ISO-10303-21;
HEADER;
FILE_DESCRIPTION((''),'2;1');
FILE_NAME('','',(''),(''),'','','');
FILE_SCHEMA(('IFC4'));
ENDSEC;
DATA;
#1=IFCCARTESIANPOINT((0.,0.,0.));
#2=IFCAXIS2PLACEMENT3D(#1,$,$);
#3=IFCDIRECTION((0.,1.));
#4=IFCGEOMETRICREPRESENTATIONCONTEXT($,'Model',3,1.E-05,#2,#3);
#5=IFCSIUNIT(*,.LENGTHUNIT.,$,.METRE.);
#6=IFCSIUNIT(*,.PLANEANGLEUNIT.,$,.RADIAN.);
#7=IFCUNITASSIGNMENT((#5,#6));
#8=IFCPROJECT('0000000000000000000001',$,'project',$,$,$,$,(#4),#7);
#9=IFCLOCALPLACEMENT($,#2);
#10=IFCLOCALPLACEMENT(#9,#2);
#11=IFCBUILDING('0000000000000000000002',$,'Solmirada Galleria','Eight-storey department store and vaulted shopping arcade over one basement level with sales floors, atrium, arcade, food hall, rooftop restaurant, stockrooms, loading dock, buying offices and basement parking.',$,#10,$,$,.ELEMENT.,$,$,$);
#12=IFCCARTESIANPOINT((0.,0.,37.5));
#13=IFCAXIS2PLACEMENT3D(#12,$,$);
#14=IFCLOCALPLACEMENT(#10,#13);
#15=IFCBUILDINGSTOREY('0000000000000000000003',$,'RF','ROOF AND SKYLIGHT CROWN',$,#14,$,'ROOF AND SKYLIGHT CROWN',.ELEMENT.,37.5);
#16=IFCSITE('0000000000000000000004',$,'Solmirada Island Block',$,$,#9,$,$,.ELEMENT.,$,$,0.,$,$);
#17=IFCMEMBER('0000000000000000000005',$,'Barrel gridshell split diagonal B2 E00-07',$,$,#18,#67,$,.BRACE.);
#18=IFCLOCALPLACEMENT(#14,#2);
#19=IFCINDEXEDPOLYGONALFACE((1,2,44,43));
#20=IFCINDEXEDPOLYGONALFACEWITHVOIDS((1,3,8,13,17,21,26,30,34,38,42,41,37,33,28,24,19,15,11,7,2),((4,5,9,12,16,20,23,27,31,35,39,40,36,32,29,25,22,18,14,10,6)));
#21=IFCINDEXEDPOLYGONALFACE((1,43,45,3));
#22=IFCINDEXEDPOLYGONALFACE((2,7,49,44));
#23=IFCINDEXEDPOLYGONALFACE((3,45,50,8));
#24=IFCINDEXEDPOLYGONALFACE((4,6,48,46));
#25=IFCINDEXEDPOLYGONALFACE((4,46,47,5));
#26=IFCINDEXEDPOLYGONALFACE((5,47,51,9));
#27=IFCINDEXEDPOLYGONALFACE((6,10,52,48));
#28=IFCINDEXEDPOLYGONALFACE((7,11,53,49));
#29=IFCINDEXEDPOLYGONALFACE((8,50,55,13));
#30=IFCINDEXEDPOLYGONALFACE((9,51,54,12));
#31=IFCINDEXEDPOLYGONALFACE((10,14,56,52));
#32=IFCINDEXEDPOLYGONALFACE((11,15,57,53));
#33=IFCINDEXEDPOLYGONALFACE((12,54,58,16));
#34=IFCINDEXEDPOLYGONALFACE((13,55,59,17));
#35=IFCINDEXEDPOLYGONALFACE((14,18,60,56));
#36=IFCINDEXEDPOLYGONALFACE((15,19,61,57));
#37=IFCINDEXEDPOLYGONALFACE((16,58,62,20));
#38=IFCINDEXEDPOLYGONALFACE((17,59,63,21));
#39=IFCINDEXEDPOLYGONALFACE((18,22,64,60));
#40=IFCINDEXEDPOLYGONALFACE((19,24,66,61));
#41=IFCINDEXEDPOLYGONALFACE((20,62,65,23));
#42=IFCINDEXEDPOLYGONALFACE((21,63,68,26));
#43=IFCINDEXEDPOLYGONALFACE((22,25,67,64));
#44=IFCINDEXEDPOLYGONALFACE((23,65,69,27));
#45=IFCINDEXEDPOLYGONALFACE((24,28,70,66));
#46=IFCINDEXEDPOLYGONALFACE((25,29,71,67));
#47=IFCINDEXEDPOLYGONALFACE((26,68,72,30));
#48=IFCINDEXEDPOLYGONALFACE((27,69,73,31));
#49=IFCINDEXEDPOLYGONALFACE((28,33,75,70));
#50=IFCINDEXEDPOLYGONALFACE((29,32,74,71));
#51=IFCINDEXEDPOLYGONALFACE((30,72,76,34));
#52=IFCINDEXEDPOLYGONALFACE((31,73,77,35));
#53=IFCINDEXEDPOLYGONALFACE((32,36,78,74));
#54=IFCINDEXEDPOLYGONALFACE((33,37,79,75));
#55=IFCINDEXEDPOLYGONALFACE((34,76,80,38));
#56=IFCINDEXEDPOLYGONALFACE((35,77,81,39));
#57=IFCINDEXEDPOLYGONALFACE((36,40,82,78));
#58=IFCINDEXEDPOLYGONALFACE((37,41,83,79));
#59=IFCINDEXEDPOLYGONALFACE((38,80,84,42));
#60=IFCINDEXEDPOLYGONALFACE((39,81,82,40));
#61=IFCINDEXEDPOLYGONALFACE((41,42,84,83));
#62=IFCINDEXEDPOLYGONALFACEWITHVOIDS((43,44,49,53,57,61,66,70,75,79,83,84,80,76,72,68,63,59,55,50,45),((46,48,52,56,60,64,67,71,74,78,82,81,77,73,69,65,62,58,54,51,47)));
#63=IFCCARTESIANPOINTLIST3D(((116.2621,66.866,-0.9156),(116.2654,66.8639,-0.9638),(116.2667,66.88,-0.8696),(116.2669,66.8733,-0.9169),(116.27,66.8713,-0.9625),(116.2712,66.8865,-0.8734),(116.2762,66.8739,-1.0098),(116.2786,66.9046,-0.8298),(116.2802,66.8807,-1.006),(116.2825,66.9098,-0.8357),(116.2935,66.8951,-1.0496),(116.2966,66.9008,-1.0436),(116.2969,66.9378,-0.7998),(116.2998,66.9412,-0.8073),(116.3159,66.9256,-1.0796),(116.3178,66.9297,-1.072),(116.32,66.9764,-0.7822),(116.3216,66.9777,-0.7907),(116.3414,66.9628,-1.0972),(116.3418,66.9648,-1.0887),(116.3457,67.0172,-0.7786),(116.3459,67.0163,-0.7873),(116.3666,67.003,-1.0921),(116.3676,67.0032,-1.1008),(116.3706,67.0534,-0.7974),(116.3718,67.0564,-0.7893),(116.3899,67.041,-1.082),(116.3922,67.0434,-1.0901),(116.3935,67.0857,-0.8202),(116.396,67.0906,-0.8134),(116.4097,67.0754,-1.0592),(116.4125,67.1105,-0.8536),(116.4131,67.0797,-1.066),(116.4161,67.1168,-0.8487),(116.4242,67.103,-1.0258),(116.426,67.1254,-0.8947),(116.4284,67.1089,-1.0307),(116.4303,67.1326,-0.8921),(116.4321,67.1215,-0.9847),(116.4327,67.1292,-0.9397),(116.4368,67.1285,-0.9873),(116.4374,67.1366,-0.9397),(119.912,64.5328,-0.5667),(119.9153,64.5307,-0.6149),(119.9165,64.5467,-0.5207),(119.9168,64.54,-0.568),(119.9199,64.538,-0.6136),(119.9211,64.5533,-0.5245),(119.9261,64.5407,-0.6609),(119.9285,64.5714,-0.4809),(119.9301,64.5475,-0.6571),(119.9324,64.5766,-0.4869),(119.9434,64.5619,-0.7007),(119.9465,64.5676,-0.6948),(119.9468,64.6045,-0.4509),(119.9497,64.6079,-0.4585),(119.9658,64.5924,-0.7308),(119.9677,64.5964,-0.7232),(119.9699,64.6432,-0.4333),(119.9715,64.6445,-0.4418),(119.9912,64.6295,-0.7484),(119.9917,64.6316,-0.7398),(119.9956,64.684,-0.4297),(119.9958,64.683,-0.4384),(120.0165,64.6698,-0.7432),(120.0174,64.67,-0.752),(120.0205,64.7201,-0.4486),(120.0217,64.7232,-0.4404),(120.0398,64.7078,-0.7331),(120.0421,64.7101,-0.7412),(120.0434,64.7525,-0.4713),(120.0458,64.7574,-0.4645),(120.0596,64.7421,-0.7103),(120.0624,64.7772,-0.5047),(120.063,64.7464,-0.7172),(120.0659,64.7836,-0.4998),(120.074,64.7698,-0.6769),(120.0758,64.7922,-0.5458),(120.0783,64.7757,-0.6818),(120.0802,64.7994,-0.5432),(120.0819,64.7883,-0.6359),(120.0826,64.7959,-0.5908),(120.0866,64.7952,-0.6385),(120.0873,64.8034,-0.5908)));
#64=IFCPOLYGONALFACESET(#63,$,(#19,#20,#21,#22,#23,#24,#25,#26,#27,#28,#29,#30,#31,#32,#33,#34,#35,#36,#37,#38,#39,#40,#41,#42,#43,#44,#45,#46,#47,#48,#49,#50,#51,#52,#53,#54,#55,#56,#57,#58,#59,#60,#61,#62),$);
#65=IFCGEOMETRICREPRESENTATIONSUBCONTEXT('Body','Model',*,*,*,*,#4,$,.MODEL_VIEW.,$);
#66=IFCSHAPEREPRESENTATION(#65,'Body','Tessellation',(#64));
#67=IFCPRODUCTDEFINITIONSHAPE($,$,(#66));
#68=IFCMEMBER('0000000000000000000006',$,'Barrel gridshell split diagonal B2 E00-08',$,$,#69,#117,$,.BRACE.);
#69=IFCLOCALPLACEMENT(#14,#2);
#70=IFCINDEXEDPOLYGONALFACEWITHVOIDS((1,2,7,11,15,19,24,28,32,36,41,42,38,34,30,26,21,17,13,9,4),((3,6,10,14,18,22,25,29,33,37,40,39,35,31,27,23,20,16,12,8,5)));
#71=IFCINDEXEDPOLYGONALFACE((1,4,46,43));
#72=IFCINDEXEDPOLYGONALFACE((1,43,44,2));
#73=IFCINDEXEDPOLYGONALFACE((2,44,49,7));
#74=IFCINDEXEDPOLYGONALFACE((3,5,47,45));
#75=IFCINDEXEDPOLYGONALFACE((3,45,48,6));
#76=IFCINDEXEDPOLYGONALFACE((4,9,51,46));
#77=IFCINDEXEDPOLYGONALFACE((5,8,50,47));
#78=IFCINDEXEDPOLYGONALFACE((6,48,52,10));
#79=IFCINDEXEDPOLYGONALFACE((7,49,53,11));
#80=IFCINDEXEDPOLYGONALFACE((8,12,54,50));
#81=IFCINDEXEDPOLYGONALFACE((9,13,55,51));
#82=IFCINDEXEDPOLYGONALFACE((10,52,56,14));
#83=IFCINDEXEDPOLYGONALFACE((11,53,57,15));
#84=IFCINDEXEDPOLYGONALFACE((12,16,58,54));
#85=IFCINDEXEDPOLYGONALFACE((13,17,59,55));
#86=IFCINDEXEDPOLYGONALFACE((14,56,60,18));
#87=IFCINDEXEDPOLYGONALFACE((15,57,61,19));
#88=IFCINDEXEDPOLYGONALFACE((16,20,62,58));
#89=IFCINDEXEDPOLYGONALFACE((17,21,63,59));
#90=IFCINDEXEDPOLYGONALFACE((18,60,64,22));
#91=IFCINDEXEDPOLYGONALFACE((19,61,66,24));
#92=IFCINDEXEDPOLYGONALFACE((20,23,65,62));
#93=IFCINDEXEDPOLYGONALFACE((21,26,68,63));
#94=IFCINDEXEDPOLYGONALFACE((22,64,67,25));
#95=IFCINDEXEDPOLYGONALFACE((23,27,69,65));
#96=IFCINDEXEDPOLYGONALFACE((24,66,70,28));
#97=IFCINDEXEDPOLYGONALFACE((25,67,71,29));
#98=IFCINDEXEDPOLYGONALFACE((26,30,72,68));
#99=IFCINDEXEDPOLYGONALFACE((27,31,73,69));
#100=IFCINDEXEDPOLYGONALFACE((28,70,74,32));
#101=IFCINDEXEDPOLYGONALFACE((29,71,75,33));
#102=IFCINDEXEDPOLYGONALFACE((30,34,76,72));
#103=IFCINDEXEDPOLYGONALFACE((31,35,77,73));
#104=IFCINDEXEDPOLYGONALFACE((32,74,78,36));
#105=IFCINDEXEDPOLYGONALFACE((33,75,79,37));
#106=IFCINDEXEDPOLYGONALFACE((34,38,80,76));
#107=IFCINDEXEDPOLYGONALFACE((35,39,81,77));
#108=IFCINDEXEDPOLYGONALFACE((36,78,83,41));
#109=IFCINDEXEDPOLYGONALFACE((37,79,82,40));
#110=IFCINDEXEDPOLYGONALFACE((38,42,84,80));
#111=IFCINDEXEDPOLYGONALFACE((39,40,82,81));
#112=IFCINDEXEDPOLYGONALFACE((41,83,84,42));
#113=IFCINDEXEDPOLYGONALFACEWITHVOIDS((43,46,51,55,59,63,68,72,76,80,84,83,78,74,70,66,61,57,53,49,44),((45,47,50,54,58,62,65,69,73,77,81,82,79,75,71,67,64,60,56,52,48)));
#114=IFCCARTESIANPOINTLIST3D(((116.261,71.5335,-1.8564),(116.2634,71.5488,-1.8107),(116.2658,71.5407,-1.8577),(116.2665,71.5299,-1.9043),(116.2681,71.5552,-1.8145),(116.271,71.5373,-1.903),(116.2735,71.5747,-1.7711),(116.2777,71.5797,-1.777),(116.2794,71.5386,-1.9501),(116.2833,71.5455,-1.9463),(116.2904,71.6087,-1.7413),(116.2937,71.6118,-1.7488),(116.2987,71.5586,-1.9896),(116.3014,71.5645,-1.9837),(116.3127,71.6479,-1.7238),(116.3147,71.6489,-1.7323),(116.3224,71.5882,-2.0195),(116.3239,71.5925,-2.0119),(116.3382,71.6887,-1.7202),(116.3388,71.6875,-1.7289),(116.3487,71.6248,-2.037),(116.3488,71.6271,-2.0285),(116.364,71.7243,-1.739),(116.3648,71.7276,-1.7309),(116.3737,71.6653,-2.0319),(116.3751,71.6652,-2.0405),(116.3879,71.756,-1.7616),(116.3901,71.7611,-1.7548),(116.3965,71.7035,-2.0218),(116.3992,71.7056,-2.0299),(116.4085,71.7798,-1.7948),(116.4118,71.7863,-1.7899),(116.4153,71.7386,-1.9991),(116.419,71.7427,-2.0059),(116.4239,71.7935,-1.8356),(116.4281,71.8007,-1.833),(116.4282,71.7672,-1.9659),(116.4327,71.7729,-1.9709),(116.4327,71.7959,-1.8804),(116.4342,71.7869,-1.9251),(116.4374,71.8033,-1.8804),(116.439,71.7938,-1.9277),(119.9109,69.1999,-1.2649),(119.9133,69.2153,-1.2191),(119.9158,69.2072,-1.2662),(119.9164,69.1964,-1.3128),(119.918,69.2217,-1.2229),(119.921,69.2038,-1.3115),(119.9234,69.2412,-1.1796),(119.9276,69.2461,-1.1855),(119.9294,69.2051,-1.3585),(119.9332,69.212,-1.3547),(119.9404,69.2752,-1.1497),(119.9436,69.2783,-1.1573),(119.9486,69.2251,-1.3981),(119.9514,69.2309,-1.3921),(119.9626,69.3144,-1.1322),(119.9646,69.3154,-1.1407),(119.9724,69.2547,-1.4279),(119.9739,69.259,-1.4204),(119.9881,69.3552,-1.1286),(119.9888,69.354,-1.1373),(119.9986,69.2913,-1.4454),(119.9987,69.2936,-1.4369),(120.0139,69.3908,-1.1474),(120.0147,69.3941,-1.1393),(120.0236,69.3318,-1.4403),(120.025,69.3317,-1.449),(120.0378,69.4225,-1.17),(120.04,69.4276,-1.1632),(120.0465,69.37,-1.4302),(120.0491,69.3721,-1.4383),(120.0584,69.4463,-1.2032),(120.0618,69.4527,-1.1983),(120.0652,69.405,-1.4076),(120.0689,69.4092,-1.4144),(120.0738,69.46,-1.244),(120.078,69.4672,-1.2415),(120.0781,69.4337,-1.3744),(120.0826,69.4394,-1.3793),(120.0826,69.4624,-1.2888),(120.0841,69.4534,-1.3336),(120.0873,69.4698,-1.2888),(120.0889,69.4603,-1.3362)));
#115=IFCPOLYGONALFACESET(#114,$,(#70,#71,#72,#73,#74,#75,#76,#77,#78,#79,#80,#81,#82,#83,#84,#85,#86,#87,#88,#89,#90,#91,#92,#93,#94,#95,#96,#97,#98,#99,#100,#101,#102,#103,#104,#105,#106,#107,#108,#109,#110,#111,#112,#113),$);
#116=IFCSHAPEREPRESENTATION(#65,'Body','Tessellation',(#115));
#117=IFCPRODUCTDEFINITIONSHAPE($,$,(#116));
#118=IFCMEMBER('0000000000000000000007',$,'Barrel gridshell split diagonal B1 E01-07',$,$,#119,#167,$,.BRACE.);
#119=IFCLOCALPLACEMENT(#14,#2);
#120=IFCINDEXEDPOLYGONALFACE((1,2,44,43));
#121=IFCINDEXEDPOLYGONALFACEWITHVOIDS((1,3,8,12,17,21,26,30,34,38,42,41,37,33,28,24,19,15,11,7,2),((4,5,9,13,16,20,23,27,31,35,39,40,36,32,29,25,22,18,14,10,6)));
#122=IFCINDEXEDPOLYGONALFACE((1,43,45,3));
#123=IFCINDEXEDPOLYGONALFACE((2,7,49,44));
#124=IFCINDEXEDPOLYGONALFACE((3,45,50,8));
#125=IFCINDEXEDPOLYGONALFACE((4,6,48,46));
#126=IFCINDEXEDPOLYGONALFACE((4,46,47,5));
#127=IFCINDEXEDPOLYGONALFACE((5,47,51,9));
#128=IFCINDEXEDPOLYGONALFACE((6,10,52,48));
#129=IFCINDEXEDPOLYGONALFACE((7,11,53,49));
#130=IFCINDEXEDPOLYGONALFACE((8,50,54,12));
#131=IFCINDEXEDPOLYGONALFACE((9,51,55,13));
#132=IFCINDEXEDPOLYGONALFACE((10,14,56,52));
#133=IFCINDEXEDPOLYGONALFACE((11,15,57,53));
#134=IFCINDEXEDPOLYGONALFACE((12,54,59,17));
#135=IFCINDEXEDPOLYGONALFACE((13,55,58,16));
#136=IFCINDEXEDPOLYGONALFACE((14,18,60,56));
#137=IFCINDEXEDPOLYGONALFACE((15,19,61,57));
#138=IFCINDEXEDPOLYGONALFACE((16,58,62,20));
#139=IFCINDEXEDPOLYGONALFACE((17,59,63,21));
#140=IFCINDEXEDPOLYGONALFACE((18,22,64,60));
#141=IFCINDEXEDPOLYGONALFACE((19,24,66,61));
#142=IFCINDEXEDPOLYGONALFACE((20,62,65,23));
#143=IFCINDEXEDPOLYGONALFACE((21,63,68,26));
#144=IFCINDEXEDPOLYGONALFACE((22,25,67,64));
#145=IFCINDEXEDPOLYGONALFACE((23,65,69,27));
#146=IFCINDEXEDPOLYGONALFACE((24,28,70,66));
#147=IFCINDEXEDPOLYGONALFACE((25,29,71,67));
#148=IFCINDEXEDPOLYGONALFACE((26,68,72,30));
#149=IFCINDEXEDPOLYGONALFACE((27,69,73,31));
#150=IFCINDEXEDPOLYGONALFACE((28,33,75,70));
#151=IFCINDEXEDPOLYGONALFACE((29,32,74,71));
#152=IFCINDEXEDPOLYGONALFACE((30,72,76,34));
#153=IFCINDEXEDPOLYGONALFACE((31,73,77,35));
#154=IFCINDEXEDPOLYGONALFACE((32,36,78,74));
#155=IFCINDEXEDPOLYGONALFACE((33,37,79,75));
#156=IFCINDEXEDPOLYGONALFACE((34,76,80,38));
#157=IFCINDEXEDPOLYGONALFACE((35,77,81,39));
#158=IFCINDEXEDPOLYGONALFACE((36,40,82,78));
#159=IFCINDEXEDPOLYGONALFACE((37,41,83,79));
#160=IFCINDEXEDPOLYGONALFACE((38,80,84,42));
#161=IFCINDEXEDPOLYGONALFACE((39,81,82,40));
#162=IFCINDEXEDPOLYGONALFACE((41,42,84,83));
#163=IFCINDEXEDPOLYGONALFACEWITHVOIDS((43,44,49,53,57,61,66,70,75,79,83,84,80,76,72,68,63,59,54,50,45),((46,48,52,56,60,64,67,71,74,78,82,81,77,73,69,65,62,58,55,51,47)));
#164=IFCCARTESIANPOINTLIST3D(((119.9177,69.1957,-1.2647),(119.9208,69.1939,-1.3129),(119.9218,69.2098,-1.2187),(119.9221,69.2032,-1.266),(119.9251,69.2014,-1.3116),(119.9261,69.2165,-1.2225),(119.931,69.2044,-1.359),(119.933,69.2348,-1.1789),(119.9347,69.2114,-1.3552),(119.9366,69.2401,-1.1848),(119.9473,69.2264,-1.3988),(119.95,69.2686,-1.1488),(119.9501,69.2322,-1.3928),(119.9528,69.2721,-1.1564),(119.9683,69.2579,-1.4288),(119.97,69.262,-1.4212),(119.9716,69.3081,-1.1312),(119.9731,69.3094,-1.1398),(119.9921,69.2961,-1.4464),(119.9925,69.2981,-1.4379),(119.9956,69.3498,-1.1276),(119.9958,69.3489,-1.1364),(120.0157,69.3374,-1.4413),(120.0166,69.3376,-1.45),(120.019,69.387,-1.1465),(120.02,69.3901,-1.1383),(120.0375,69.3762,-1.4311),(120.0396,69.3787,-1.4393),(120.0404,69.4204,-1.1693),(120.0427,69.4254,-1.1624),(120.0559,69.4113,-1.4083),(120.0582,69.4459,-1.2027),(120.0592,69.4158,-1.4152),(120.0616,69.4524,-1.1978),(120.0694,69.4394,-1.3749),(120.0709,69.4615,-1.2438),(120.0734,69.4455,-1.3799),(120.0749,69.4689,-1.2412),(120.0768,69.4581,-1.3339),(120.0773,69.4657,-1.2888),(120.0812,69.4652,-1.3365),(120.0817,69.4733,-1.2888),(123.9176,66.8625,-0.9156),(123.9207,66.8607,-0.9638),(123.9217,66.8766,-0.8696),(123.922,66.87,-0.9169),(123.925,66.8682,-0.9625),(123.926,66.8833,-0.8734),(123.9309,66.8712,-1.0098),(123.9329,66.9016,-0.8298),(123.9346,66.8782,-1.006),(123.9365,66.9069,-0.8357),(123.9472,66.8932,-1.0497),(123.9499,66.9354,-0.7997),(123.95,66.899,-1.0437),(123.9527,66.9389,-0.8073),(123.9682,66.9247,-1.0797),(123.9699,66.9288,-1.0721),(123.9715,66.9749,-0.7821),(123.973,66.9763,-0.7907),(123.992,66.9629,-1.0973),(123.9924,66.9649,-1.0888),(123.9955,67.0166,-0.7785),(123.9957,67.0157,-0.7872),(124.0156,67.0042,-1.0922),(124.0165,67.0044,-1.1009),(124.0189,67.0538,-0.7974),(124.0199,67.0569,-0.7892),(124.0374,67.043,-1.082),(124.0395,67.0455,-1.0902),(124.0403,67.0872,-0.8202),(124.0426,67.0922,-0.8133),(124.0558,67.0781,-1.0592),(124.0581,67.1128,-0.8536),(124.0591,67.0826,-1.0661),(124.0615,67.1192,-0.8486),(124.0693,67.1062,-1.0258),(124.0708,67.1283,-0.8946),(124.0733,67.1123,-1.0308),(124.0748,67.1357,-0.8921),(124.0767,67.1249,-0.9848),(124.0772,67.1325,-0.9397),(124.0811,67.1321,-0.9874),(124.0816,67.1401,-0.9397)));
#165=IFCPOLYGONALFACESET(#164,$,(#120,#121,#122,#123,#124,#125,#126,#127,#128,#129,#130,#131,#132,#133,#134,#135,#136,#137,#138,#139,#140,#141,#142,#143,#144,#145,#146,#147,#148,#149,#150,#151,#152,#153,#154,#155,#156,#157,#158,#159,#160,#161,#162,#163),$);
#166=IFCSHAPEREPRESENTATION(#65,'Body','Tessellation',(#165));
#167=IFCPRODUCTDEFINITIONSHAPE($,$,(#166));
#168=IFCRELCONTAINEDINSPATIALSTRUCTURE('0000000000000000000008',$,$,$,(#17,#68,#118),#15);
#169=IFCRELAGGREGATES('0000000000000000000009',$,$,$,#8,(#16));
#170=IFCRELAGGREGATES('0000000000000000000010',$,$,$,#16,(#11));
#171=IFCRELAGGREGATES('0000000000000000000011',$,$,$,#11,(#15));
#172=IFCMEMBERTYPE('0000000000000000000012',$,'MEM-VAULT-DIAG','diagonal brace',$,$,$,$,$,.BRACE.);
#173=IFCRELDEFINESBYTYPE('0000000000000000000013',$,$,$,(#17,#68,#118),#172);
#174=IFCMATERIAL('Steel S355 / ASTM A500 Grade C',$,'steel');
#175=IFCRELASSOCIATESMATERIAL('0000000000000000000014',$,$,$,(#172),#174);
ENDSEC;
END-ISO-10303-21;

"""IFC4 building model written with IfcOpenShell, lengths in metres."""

from ifc_helpers import new_model, si_unit, direction, frame, origin, origin_2d, place, context, subcontext, project, spatial, hollow_circle, extrude, material, material_profile, profile_set, type_object, element, save


model = new_model("IFC4")

# Units and contexts
model_context = context("Model", 3, precision=1e-05, world=origin(), true_north=direction((0.0, 1.0)))
body_context = subcontext(model_context, "Body", "Model", "MODEL_VIEW")
ifc_project = project(units=[si_unit("LENGTHUNIT", "METRE"), si_unit("PLANEANGLEUNIT", "RADIAN")], contexts=[model_context])

# Site, building, storey
site_placement = place(None, origin())
site = spatial("IfcSite", under=ifc_project, at=site_placement, Name="Solmirada Island Block", CompositionType="ELEMENT", RefElevation=0.0)
building_placement = place(site_placement, origin())
building = spatial("IfcBuilding", under=site, at=building_placement, Name="Solmirada Galleria", Description="Eight-storey department store and vaulted shopping arcade over one basement level with sales floors, atrium, arcade, food hall, rooftop restaurant, stockrooms, loading dock, buying offices and basement parking.", CompositionType="ELEMENT")
storey_placement = place(building_placement, frame((0.0, 0.0, 37.5)))
storey = spatial("IfcBuildingStorey", under=building, at=storey_placement, Name="RF", Description="ROOF AND SKYLIGHT CROWN", LongName="ROOF AND SKYLIGHT CROWN", CompositionType="ELEMENT", Elevation=37.5)

# Members
ifc_material_1 = material(Name="Steel S355 / ASTM A500 Grade C", Category="steel")
ifc_material_profile_1 = material_profile(ifc_material_1, hollow_circle(Radius=0.1621, WallThickness=0.0088, at=origin_2d()), Name="HSS12.750X0.375")
ifc_profile_set_1 = profile_set([ifc_material_profile_1], Name="Steel S355 / ASTM A500 Grade C")
member_type_1 = type_object("IfcMemberType", Name="MEM-VAULT-DIAG", Description="diagonal brace", PredefinedType="BRACE", material=ifc_profile_set_1)
member_1_placement = place(storey_placement, frame((116.3501, 67.0, -0.9397), z_axis=(0.839834, -0.536876, 0.080276), x_axis=(0.538614, 0.842553, 0.0)))
element("IfcMember", 1, at=member_1_placement, inside=storey, type_object=member_type_1, Name="Barrel gridshell split diagonal B2 E00-07", PredefinedType="BRACE", context=body_context, shape_type="SweptSolid", body=[
    extrude(hollow_circle(Radius=0.1621, WallThickness=0.0088, at=origin_2d()), origin(), (0.0, 0.0, 1.0), 4.3459),
])
member_2_placement = place(storey_placement, frame((116.3501, 71.6667, -1.8804), z_axis=(0.83478, -0.533701, 0.135296), x_axis=(0.538654, 0.842527, 0.0)))
element("IfcMember", 2, at=member_2_placement, inside=storey, type_object=member_type_1, Name="Barrel gridshell split diagonal B2 E00-08", PredefinedType="BRACE", context=body_context, shape_type="SweptSolid", body=[
    extrude(hollow_circle(Radius=0.1621, WallThickness=0.0088, at=origin_2d()), origin(), (0.0, 0.0, 1.0), 4.3723),
])
for number, where, z_axis, x_axis, name in (
    (3, (120.0, 69.3333, -1.2888), (0.861342, -0.502432, 0.075178), (0.503858, 0.863787, 0.0), "Barrel gridshell split diagonal B1 E01-07"),
):
    element("IfcMember", number, at=place(storey_placement, frame(where, z_axis=z_axis, x_axis=x_axis)), inside=storey, type_object=member_type_1, Name=name, PredefinedType="BRACE", context=body_context, shape_type="SweptSolid", body=[
        extrude(hollow_circle(Radius=0.1621, WallThickness=0.0088, at=origin_2d()), origin(), (0.0, 0.0, 1.0), 4.6438),
    ])

save(model, "model.ifc")
